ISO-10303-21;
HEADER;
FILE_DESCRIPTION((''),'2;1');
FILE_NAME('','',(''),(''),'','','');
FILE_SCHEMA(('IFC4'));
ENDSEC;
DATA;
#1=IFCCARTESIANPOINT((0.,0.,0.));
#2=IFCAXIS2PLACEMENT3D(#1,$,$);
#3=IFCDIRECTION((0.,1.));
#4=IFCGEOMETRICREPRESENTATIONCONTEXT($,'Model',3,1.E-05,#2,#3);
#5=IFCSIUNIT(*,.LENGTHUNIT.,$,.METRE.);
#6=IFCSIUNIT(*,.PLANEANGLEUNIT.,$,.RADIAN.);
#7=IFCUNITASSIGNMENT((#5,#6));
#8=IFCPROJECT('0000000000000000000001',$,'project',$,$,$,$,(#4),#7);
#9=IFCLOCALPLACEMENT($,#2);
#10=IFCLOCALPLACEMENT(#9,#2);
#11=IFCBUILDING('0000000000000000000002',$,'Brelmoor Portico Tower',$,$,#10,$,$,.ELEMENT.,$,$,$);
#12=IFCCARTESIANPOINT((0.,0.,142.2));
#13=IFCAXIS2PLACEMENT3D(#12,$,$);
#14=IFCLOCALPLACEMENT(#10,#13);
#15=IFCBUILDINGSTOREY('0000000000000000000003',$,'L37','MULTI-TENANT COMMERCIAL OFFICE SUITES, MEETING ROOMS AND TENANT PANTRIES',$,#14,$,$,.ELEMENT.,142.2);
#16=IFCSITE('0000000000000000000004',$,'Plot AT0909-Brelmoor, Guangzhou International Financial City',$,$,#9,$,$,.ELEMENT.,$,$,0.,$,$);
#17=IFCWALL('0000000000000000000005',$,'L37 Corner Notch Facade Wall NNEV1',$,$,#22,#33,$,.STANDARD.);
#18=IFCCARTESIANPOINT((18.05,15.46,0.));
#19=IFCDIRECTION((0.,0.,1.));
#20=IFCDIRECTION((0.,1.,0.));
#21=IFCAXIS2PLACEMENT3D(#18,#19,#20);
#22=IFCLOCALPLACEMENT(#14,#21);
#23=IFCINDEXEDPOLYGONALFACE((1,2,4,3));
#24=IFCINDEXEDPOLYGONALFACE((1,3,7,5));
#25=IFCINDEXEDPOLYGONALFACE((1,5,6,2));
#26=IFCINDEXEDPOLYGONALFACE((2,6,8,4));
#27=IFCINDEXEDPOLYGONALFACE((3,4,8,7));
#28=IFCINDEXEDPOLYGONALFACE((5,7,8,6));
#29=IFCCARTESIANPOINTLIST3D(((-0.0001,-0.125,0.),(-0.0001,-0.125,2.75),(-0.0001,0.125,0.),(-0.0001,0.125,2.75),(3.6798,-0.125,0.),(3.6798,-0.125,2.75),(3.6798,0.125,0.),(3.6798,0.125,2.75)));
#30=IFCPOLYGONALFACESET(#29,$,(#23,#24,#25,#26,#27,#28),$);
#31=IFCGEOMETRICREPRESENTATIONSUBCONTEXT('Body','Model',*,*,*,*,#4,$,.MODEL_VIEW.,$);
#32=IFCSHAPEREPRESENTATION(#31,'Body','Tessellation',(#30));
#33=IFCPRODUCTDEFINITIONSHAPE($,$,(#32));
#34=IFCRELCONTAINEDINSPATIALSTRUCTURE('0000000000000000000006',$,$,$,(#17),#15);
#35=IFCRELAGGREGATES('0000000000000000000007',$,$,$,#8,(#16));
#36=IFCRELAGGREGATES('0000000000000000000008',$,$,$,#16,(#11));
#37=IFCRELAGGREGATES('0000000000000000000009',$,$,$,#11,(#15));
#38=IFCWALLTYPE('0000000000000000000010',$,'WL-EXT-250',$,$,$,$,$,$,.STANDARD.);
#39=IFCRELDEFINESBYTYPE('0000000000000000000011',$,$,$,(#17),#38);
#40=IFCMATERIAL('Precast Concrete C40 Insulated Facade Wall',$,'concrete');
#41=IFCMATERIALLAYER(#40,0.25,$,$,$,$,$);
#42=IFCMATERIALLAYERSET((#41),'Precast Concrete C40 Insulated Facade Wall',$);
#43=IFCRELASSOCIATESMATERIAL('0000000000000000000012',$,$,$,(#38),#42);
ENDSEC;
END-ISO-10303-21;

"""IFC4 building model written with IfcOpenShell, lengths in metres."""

from ifc_helpers import new_model, si_unit, direction, frame, frame_2d, origin, place, context, subcontext, project, spatial, rectangle, extrude, material, layer, layer_set, type_object, element, save


model = new_model("IFC4")

# Units and contexts
model_context = context("Model", 3, precision=1e-05, world=origin(), true_north=direction((0.0, 1.0)))
body_context = subcontext(model_context, "Body", "Model", "MODEL_VIEW")
ifc_project = project(units=[si_unit("LENGTHUNIT", "METRE"), si_unit("PLANEANGLEUNIT", "RADIAN")], contexts=[model_context])

# Site, building, storey
site_placement = place(None, origin())
site = spatial("IfcSite", under=ifc_project, at=site_placement, Name="Plot AT0909-Brelmoor, Guangzhou International Financial City", CompositionType="ELEMENT", RefElevation=0.0)
building_placement = place(site_placement, origin())
building = spatial("IfcBuilding", under=site, at=building_placement, Name="Brelmoor Portico Tower", CompositionType="ELEMENT")
storey_placement = place(building_placement, frame((0.0, 0.0, 142.2)))
storey = spatial("IfcBuildingStorey", under=building, at=storey_placement, Name="L37", Description="MULTI-TENANT COMMERCIAL OFFICE SUITES, MEETING ROOMS AND TENANT PANTRIES", CompositionType="ELEMENT", Elevation=142.2)

# Wall
ifc_material_1 = material(Name="Precast Concrete C40 Insulated Facade Wall", Category="concrete")
ifc_layer_1 = layer(ifc_material_1, 0.25)
ifc_layer_set_1 = layer_set([ifc_layer_1], Name="Precast Concrete C40 Insulated Facade Wall")
wall_type_1 = type_object("IfcWallType", Name="WL-EXT-250", PredefinedType="STANDARD", material=ifc_layer_set_1)
for number, where, z_axis, x_axis, name in (
    (1, (18.05, 15.46, 0.0), (0.0, 0.0, 1.0), (0.0, 1.0, 0.0), "L37 Corner Notch Facade Wall NNEV1"),
):
    element("IfcWall", number, at=place(storey_placement, frame(where, z_axis=z_axis, x_axis=x_axis)), inside=storey, type_object=wall_type_1, Name=name, PredefinedType="STANDARD", context=body_context, shape_type="SweptSolid", body=[
        extrude(rectangle(XDim=3.6799, YDim=0.25, at=frame_2d((1.8398, 0.0))), origin(), (0.0, 0.0, 1.0), 2.75),
    ])

save(model, "model.ifc")
